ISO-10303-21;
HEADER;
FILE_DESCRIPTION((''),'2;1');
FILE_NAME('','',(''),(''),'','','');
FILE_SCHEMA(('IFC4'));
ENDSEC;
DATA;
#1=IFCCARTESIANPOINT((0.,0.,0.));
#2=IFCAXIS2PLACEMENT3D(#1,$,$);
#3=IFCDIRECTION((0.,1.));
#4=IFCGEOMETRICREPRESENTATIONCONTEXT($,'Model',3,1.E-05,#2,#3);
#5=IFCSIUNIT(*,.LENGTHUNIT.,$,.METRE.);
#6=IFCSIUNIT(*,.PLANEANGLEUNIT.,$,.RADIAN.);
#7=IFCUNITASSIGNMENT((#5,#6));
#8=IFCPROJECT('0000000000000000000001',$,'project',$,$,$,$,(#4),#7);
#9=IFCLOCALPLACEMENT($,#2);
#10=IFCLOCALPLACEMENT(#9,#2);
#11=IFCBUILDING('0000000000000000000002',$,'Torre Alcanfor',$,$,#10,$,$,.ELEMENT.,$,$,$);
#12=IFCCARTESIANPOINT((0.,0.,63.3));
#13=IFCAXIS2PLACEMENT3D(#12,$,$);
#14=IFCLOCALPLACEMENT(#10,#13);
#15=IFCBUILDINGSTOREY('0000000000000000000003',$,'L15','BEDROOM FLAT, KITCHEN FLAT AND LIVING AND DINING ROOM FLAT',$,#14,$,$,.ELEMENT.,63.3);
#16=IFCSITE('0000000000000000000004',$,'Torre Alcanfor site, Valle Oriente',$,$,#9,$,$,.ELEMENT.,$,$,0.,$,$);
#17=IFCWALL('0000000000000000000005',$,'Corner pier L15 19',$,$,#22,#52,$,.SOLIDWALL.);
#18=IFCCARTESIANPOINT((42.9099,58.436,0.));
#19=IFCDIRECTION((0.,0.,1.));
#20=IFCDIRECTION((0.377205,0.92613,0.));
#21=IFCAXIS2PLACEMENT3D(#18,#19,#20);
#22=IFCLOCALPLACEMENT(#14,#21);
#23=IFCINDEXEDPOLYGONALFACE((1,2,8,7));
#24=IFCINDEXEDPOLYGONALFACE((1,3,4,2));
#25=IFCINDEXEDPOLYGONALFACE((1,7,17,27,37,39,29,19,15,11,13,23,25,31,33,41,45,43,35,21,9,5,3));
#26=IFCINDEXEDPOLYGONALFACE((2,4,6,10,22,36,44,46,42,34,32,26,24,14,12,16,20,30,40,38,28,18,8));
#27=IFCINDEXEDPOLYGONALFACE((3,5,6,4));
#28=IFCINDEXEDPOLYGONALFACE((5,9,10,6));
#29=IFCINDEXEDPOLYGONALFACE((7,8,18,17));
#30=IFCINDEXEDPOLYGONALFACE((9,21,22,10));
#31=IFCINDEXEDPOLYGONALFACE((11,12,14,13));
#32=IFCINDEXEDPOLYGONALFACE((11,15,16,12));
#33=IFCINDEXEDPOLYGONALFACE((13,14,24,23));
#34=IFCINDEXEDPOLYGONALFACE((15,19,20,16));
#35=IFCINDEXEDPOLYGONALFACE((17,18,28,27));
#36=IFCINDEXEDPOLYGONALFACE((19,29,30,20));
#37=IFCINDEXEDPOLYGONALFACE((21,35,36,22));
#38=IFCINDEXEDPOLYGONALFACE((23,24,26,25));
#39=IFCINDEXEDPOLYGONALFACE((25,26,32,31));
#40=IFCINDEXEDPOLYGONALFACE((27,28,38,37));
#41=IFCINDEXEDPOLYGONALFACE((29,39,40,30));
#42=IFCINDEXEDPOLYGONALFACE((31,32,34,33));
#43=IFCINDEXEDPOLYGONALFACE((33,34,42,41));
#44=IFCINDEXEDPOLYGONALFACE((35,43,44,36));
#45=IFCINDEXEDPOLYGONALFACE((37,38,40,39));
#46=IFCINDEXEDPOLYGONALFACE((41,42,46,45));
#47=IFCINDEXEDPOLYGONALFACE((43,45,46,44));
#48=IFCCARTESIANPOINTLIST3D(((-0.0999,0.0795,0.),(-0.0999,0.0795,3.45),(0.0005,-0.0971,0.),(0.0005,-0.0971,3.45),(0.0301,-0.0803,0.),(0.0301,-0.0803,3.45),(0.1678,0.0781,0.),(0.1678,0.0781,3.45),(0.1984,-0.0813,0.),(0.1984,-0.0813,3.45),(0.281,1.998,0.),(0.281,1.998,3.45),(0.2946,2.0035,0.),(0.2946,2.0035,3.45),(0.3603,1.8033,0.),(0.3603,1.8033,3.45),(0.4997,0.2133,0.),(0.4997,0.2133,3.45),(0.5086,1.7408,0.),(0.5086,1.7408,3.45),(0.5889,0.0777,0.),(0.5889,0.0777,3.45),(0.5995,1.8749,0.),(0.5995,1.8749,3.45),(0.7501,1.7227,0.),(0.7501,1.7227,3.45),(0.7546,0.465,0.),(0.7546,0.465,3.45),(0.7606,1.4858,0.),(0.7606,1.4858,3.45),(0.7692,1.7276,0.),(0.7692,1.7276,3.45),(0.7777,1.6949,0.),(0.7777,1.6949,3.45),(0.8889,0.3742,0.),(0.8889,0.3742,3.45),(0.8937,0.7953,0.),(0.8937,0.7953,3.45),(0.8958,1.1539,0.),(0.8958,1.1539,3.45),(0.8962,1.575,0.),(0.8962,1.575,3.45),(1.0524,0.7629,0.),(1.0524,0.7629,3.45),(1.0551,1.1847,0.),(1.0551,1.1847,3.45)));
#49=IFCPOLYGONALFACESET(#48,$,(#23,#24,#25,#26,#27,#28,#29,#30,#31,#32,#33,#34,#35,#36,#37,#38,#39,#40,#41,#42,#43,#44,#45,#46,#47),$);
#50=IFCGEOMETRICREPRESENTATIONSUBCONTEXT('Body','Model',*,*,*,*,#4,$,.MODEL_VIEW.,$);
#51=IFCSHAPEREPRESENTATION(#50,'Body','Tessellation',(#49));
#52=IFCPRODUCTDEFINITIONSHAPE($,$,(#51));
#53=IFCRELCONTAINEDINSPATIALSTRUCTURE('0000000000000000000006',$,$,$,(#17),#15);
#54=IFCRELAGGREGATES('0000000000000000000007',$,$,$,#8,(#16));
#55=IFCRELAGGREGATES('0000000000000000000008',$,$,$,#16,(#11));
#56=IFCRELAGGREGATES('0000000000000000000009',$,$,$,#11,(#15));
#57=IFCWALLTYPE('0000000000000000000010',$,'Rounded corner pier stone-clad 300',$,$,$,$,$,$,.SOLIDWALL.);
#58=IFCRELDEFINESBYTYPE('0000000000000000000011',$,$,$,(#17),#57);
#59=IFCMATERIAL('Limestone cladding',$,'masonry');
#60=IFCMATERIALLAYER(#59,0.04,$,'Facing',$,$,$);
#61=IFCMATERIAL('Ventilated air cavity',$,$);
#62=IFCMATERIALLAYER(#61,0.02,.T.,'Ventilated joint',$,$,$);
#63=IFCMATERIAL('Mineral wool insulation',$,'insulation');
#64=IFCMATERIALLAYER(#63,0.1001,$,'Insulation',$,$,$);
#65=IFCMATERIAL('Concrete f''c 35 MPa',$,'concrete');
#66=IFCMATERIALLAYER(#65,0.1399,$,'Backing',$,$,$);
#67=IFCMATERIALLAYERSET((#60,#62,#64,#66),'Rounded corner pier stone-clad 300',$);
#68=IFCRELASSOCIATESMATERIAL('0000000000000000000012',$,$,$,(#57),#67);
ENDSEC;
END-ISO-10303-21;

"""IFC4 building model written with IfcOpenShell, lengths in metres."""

from ifc_helpers import new_model, si_unit, direction, frame, origin, place, context, subcontext, project, spatial, polyline, outline, extrude, material, layer, layer_set, type_object, element, save


model = new_model("IFC4")

# Units and contexts
model_context = context("Model", 3, precision=1e-05, world=origin(), true_north=direction((0.0, 1.0)))
body_context = subcontext(model_context, "Body", "Model", "MODEL_VIEW")
ifc_project = project(units=[si_unit("LENGTHUNIT", "METRE"), si_unit("PLANEANGLEUNIT", "RADIAN")], contexts=[model_context])

# Site, building, storey
site_placement = place(None, origin())
site = spatial("IfcSite", under=ifc_project, at=site_placement, Name="Torre Alcanfor site, Valle Oriente", CompositionType="ELEMENT", RefElevation=0.0)
building_placement = place(site_placement, origin())
building = spatial("IfcBuilding", under=site, at=building_placement, Name="Torre Alcanfor", CompositionType="ELEMENT")
storey_placement = place(building_placement, frame((0.0, 0.0, 63.3)))
storey = spatial("IfcBuildingStorey", under=building, at=storey_placement, Name="L15", Description="BEDROOM FLAT, KITCHEN FLAT AND LIVING AND DINING ROOM FLAT", CompositionType="ELEMENT", Elevation=63.3)

# Shared definitions
ifc_material_1 = material(Name="Limestone cladding", Category="masonry")
ifc_material_2 = material(Name="Ventilated air cavity")
ifc_material_3 = material(Name="Mineral wool insulation", Category="insulation")
ifc_material_4 = material(Name="Concrete f'c 35 MPa", Category="concrete")

# Wall
ifc_layer_1 = layer(ifc_material_1, 0.04, Name="Facing")
ifc_layer_2 = layer(ifc_material_2, 0.02, ventilated=True, Name="Ventilated joint")
ifc_layer_3 = layer(ifc_material_3, 0.1001, Name="Insulation")
ifc_layer_4 = layer(ifc_material_4, 0.1399, Name="Backing")
ifc_layer_set_1 = layer_set([ifc_layer_1, ifc_layer_2, ifc_layer_3, ifc_layer_4], Name="Rounded corner pier stone-clad 300")
wall_type_1 = type_object("IfcWallType", Name="Rounded corner pier stone-clad 300", PredefinedType="SOLIDWALL", material=ifc_layer_set_1)
wall_1_placement = place(storey_placement, frame((42.9099, 58.436, 0.0), z_axis=(0.0, 0.0, 1.0), x_axis=(0.377205, 0.92613, 0.0)))
element("IfcWall", 1, at=wall_1_placement, inside=storey, type_object=wall_type_1, Name="Corner pier L15 19", PredefinedType="SOLIDWALL", context=body_context, shape_type="SweptSolid", body=[
    extrude(outline(polyline([(0.7692, 1.7276), (0.7501, 1.7227), (0.5995, 1.8749), (0.2946, 2.0035), (0.281, 1.998), (0.3603, 1.8033), (0.5086, 1.7408), (0.7606, 1.4858), (0.8958, 1.1539), (0.8937, 0.7953), (0.7546, 0.465), (0.4997, 0.2133), (0.1678, 0.0781), (-0.0999, 0.0795), (0.0005, -0.0971), (0.0301, -0.0803), (0.1984, -0.0813), (0.5889, 0.0777), (0.8889, 0.3742), (1.0524, 0.7629), (1.0551, 1.1847), (0.8962, 1.575), (0.7777, 1.6949), (0.7692, 1.7276)])), origin(), (0.0, 0.0, 1.0), 3.45),
])

save(model, "model.ifc")
